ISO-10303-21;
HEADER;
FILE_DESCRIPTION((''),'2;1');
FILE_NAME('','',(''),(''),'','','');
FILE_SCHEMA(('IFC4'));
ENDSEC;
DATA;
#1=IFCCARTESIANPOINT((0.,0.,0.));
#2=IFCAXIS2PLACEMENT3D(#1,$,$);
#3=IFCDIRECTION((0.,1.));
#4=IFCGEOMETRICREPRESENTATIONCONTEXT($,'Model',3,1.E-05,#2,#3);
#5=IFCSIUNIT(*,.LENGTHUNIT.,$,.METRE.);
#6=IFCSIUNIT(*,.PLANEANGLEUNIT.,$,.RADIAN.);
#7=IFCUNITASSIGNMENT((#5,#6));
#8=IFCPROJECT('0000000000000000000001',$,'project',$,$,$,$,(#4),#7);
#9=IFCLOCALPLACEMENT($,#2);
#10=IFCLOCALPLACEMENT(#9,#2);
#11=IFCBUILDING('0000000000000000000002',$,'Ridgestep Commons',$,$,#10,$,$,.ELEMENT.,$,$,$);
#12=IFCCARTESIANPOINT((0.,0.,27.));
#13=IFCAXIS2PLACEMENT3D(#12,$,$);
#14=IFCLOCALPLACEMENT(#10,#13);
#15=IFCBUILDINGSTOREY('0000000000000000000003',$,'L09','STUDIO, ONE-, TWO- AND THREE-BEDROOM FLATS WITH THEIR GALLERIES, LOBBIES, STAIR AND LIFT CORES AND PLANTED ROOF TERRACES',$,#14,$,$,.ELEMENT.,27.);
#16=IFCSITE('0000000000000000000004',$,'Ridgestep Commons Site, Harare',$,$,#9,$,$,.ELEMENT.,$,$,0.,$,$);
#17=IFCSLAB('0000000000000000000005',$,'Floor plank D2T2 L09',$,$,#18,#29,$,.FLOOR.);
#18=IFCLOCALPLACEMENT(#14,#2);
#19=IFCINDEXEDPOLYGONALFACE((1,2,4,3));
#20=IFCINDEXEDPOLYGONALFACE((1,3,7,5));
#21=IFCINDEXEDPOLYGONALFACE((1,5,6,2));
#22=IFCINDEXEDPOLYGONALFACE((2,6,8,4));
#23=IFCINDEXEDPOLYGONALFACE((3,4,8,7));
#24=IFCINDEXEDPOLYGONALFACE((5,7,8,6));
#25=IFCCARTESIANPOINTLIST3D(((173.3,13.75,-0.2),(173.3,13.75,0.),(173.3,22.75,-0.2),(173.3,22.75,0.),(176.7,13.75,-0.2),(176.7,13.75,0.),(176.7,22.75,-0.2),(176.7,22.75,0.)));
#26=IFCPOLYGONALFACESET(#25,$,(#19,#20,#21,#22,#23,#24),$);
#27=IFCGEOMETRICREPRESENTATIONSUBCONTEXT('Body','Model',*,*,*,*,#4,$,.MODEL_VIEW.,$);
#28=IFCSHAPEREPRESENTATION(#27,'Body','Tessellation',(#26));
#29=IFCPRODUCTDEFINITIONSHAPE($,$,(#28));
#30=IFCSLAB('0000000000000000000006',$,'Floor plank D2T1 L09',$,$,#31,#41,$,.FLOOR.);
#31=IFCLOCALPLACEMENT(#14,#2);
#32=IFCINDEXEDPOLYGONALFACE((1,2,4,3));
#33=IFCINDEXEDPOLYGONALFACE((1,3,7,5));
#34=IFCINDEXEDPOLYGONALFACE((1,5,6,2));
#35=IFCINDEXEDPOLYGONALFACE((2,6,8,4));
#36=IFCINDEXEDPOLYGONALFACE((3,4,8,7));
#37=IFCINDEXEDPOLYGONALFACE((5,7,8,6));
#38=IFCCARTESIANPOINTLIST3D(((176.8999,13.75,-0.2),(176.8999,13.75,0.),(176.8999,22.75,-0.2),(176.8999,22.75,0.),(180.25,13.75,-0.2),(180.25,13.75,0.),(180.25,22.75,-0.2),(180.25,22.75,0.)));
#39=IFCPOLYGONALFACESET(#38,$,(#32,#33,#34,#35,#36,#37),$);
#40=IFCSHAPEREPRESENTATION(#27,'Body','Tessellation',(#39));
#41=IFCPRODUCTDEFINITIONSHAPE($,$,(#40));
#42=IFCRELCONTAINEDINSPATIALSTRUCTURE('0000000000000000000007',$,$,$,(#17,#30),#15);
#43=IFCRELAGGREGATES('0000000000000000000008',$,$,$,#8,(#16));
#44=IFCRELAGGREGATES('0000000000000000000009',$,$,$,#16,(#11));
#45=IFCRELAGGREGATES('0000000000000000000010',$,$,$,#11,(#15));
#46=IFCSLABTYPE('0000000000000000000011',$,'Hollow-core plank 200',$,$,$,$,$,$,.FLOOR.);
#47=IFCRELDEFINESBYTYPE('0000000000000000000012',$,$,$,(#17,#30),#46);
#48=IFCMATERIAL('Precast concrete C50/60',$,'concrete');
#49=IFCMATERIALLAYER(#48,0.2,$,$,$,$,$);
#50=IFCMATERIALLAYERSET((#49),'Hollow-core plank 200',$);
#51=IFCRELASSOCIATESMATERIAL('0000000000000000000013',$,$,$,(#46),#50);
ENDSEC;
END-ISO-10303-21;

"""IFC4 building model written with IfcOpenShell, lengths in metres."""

from ifc_helpers import new_model, si_unit, direction, frame, origin, place, context, subcontext, project, spatial, polyline, outline, extrude, material, layer, layer_set, type_object, element, save


model = new_model("IFC4")

# Units and contexts
model_context = context("Model", 3, precision=1e-05, world=origin(), true_north=direction((0.0, 1.0)))
body_context = subcontext(model_context, "Body", "Model", "MODEL_VIEW")
ifc_project = project(units=[si_unit("LENGTHUNIT", "METRE"), si_unit("PLANEANGLEUNIT", "RADIAN")], contexts=[model_context])

# Site, building, storey
site_placement = place(None, origin())
site = spatial("IfcSite", under=ifc_project, at=site_placement, Name="Ridgestep Commons Site, Harare", CompositionType="ELEMENT", RefElevation=0.0)
building_placement = place(site_placement, origin())
building = spatial("IfcBuilding", under=site, at=building_placement, Name="Ridgestep Commons", CompositionType="ELEMENT")
storey_placement = place(building_placement, frame((0.0, 0.0, 27.0)))
storey = spatial("IfcBuildingStorey", under=building, at=storey_placement, Name="L09", Description="STUDIO, ONE-, TWO- AND THREE-BEDROOM FLATS WITH THEIR GALLERIES, LOBBIES, STAIR AND LIFT CORES AND PLANTED ROOF TERRACES", CompositionType="ELEMENT", Elevation=27.0)

# Slabs
ifc_material_1 = material(Name="Precast concrete C50/60", Category="concrete")
ifc_layer_1 = layer(ifc_material_1, 0.2)
ifc_layer_set_1 = layer_set([ifc_layer_1], Name="Hollow-core plank 200")
slab_type_1 = type_object("IfcSlabType", Name="Hollow-core plank 200", PredefinedType="FLOOR", material=ifc_layer_set_1)
slab_1_placement = place(storey_placement, frame((0.0, 0.0, -0.2)))
element("IfcSlab", 1, at=slab_1_placement, inside=storey, type_object=slab_type_1, Name="Floor plank D2T2 L09", PredefinedType="FLOOR", context=body_context, shape_type="SweptSolid", body=[
    extrude(outline(polyline([(176.7, 13.75), (176.7, 22.75), (173.3, 22.75), (173.3, 13.75), (176.7, 13.75)])), origin(), (0.0, 0.0, 1.0), 0.2),
])
slab_2_placement = place(storey_placement, frame((0.0, 0.0, -0.2)))
element("IfcSlab", 2, at=slab_2_placement, inside=storey, type_object=slab_type_1, Name="Floor plank D2T1 L09", PredefinedType="FLOOR", context=body_context, shape_type="SweptSolid", body=[
    extrude(outline(polyline([(180.25, 13.75), (180.25, 22.75), (176.8999, 22.75), (176.8999, 13.75), (180.25, 13.75)])), origin(), (0.0, 0.0, 1.0), 0.2),
])

save(model, "model.ifc")
